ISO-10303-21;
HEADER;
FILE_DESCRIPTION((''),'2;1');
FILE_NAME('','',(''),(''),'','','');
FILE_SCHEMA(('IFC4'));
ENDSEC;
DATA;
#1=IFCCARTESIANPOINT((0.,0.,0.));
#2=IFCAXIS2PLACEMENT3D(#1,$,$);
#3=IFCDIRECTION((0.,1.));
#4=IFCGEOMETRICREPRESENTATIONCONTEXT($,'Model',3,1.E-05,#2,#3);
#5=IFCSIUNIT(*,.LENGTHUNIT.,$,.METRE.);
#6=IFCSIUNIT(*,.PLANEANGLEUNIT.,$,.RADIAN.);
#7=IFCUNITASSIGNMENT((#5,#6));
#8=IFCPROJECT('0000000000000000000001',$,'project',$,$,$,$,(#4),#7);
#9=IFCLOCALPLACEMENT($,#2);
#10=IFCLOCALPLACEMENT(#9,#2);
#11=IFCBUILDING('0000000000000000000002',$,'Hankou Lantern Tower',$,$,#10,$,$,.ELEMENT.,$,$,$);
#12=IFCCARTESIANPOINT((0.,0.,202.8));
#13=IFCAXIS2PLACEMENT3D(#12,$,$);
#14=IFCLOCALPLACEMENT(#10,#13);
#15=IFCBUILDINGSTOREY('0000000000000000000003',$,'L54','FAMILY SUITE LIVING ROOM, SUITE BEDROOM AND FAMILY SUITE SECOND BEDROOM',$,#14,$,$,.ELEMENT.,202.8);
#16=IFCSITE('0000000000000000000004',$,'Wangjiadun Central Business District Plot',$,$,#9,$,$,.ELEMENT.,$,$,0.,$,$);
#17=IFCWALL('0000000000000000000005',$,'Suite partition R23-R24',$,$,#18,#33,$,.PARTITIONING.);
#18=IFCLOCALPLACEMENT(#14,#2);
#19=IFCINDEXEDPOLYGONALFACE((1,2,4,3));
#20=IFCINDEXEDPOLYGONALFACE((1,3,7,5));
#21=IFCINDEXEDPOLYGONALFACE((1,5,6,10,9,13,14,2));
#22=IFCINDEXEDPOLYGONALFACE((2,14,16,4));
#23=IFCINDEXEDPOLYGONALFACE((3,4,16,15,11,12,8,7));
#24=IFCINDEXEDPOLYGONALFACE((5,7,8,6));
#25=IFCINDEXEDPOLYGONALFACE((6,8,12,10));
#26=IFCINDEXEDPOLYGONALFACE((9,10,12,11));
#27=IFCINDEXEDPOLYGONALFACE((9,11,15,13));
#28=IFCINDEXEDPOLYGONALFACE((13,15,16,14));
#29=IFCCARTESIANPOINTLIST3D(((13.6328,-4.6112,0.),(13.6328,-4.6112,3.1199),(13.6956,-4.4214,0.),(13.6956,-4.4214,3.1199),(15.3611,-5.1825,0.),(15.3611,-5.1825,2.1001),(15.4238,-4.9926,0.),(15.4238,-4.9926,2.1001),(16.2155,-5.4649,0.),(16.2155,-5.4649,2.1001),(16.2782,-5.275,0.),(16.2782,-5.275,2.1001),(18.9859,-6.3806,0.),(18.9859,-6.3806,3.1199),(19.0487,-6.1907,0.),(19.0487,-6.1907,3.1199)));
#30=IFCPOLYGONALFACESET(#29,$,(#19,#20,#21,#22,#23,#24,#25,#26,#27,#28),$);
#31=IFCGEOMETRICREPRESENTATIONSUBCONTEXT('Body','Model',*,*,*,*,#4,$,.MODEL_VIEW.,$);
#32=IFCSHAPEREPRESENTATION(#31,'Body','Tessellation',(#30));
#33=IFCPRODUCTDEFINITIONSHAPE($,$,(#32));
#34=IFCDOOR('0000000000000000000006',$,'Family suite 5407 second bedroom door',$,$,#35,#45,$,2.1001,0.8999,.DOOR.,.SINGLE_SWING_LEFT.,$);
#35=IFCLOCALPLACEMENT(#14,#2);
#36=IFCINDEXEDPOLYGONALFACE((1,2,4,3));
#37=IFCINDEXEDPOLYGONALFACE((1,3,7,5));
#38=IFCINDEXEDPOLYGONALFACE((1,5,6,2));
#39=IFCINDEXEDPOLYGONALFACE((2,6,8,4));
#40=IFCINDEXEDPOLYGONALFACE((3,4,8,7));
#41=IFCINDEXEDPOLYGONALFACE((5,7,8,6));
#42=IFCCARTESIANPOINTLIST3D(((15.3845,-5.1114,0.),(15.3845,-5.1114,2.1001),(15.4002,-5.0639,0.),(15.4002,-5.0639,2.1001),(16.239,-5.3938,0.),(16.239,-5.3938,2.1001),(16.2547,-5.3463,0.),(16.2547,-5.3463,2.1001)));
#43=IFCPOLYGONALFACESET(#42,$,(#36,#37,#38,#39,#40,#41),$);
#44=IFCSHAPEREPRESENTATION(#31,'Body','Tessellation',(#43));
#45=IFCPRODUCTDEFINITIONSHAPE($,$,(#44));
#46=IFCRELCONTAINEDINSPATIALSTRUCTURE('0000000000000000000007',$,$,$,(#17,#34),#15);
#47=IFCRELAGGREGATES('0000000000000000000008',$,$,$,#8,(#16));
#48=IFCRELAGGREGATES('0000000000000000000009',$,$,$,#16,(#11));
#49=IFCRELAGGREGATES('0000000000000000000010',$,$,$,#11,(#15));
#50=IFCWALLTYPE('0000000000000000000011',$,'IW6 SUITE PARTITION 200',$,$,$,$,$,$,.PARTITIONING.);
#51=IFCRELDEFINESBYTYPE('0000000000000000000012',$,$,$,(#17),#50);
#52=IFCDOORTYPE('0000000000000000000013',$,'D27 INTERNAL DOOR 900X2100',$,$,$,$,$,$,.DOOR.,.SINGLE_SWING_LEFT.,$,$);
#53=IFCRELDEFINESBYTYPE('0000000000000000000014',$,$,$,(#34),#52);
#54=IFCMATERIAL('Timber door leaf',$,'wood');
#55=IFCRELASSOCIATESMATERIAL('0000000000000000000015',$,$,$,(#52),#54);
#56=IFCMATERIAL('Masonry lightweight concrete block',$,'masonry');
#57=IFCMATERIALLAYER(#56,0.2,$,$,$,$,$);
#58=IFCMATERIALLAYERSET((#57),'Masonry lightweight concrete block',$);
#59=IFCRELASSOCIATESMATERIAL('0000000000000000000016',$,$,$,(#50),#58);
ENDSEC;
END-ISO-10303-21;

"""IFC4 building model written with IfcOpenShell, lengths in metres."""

from ifc_helpers import new_model, si_unit, direction, frame, frame_2d, origin, place, context, subcontext, project, spatial, rectangle, extrude, material, layer, layer_set, type_object, element, fill, save


model = new_model("IFC4")

# Units and contexts
model_context = context("Model", 3, precision=1e-05, world=origin(), true_north=direction((0.0, 1.0)))
body_context = subcontext(model_context, "Body", "Model", "MODEL_VIEW")
ifc_project = project(units=[si_unit("LENGTHUNIT", "METRE"), si_unit("PLANEANGLEUNIT", "RADIAN")], contexts=[model_context])

# Site, building, storey
site_placement = place(None, origin())
site = spatial("IfcSite", under=ifc_project, at=site_placement, Name="Wangjiadun Central Business District Plot", CompositionType="ELEMENT", RefElevation=0.0)
building_placement = place(site_placement, origin())
building = spatial("IfcBuilding", under=site, at=building_placement, Name="Hankou Lantern Tower", CompositionType="ELEMENT")
storey_placement = place(building_placement, frame((0.0, 0.0, 202.8)))
storey = spatial("IfcBuildingStorey", under=building, at=storey_placement, Name="L54", Description="FAMILY SUITE LIVING ROOM, SUITE BEDROOM AND FAMILY SUITE SECOND BEDROOM", CompositionType="ELEMENT", Elevation=202.8)

# Shared definitions
ifc_material_1 = material(Name="Timber door leaf", Category="wood")
door_type = type_object("IfcDoorType", Name="D27 INTERNAL DOOR 900X2100", OperationType="SINGLE_SWING_LEFT", PredefinedType="DOOR", material=ifc_material_1)

# Wall, opening, door
ifc_material_2 = material(Name="Masonry lightweight concrete block", Category="masonry")
ifc_layer_1 = layer(ifc_material_2, 0.2)
ifc_layer_set_1 = layer_set([ifc_layer_1], Name="Masonry lightweight concrete block")
wall_type_1 = type_object("IfcWallType", Name="IW6 SUITE PARTITION 200", PredefinedType="PARTITIONING", material=ifc_layer_set_1)
wall_1_placement = place(storey_placement, frame((13.6643, -4.5164, 0.0), z_axis=(0.0, 0.0, 1.0), x_axis=(0.949481, -0.313823, 0.0)))
wall_1 = element("IfcWall", 1, at=wall_1_placement, inside=storey, type_object=wall_type_1, Name="Suite partition R23-R24", PredefinedType="PARTITIONING", context=body_context, shape_type="SweptSolid", body=[
    extrude(rectangle(XDim=5.6379, YDim=0.2, at=frame_2d((2.8188, 0.0))), origin(), (0.0, 0.0, 1.0), 3.1199),
])
opening_1_placement = place(wall_1_placement, frame((1.8201, 0.0, 0.0)))
opening_1 = element("IfcOpeningElement", 2, at=opening_1_placement, cuts=wall_1, PredefinedType="OPENING", context=body_context, shape_type="SweptSolid", body=[
    extrude(rectangle(XDim=0.8999, YDim=2.1001, at=frame_2d((0.45, 1.05))), frame((0.0, 0.1099, 0.0), z_axis=(0.0, -1.0, 0.0), x_axis=(1.0, 0.0, 0.0)), (0.0, 0.0, 1.0), 0.22),
])
door_1_placement = place(opening_1_placement, origin())
door_1 = element("IfcDoor", 3, at=door_1_placement, inside=storey, type_object=door_type, Name="Family suite 5407 second bedroom door", OperationType="SINGLE_SWING_LEFT", OverallHeight=2.1001, OverallWidth=0.8999, PredefinedType="DOOR", context=body_context, shape_type="SweptSolid", body=[
    extrude(rectangle(XDim=0.8999, YDim=2.1001, at=frame_2d((0.45, 1.05))), frame((0.0, 0.0249, 0.0), z_axis=(0.0, -1.0, 0.0), x_axis=(1.0, 0.0, 0.0)), (0.0, 0.0, 1.0), 0.05),
])
fill(opening_1, door_1)

save(model, "model.ifc")
